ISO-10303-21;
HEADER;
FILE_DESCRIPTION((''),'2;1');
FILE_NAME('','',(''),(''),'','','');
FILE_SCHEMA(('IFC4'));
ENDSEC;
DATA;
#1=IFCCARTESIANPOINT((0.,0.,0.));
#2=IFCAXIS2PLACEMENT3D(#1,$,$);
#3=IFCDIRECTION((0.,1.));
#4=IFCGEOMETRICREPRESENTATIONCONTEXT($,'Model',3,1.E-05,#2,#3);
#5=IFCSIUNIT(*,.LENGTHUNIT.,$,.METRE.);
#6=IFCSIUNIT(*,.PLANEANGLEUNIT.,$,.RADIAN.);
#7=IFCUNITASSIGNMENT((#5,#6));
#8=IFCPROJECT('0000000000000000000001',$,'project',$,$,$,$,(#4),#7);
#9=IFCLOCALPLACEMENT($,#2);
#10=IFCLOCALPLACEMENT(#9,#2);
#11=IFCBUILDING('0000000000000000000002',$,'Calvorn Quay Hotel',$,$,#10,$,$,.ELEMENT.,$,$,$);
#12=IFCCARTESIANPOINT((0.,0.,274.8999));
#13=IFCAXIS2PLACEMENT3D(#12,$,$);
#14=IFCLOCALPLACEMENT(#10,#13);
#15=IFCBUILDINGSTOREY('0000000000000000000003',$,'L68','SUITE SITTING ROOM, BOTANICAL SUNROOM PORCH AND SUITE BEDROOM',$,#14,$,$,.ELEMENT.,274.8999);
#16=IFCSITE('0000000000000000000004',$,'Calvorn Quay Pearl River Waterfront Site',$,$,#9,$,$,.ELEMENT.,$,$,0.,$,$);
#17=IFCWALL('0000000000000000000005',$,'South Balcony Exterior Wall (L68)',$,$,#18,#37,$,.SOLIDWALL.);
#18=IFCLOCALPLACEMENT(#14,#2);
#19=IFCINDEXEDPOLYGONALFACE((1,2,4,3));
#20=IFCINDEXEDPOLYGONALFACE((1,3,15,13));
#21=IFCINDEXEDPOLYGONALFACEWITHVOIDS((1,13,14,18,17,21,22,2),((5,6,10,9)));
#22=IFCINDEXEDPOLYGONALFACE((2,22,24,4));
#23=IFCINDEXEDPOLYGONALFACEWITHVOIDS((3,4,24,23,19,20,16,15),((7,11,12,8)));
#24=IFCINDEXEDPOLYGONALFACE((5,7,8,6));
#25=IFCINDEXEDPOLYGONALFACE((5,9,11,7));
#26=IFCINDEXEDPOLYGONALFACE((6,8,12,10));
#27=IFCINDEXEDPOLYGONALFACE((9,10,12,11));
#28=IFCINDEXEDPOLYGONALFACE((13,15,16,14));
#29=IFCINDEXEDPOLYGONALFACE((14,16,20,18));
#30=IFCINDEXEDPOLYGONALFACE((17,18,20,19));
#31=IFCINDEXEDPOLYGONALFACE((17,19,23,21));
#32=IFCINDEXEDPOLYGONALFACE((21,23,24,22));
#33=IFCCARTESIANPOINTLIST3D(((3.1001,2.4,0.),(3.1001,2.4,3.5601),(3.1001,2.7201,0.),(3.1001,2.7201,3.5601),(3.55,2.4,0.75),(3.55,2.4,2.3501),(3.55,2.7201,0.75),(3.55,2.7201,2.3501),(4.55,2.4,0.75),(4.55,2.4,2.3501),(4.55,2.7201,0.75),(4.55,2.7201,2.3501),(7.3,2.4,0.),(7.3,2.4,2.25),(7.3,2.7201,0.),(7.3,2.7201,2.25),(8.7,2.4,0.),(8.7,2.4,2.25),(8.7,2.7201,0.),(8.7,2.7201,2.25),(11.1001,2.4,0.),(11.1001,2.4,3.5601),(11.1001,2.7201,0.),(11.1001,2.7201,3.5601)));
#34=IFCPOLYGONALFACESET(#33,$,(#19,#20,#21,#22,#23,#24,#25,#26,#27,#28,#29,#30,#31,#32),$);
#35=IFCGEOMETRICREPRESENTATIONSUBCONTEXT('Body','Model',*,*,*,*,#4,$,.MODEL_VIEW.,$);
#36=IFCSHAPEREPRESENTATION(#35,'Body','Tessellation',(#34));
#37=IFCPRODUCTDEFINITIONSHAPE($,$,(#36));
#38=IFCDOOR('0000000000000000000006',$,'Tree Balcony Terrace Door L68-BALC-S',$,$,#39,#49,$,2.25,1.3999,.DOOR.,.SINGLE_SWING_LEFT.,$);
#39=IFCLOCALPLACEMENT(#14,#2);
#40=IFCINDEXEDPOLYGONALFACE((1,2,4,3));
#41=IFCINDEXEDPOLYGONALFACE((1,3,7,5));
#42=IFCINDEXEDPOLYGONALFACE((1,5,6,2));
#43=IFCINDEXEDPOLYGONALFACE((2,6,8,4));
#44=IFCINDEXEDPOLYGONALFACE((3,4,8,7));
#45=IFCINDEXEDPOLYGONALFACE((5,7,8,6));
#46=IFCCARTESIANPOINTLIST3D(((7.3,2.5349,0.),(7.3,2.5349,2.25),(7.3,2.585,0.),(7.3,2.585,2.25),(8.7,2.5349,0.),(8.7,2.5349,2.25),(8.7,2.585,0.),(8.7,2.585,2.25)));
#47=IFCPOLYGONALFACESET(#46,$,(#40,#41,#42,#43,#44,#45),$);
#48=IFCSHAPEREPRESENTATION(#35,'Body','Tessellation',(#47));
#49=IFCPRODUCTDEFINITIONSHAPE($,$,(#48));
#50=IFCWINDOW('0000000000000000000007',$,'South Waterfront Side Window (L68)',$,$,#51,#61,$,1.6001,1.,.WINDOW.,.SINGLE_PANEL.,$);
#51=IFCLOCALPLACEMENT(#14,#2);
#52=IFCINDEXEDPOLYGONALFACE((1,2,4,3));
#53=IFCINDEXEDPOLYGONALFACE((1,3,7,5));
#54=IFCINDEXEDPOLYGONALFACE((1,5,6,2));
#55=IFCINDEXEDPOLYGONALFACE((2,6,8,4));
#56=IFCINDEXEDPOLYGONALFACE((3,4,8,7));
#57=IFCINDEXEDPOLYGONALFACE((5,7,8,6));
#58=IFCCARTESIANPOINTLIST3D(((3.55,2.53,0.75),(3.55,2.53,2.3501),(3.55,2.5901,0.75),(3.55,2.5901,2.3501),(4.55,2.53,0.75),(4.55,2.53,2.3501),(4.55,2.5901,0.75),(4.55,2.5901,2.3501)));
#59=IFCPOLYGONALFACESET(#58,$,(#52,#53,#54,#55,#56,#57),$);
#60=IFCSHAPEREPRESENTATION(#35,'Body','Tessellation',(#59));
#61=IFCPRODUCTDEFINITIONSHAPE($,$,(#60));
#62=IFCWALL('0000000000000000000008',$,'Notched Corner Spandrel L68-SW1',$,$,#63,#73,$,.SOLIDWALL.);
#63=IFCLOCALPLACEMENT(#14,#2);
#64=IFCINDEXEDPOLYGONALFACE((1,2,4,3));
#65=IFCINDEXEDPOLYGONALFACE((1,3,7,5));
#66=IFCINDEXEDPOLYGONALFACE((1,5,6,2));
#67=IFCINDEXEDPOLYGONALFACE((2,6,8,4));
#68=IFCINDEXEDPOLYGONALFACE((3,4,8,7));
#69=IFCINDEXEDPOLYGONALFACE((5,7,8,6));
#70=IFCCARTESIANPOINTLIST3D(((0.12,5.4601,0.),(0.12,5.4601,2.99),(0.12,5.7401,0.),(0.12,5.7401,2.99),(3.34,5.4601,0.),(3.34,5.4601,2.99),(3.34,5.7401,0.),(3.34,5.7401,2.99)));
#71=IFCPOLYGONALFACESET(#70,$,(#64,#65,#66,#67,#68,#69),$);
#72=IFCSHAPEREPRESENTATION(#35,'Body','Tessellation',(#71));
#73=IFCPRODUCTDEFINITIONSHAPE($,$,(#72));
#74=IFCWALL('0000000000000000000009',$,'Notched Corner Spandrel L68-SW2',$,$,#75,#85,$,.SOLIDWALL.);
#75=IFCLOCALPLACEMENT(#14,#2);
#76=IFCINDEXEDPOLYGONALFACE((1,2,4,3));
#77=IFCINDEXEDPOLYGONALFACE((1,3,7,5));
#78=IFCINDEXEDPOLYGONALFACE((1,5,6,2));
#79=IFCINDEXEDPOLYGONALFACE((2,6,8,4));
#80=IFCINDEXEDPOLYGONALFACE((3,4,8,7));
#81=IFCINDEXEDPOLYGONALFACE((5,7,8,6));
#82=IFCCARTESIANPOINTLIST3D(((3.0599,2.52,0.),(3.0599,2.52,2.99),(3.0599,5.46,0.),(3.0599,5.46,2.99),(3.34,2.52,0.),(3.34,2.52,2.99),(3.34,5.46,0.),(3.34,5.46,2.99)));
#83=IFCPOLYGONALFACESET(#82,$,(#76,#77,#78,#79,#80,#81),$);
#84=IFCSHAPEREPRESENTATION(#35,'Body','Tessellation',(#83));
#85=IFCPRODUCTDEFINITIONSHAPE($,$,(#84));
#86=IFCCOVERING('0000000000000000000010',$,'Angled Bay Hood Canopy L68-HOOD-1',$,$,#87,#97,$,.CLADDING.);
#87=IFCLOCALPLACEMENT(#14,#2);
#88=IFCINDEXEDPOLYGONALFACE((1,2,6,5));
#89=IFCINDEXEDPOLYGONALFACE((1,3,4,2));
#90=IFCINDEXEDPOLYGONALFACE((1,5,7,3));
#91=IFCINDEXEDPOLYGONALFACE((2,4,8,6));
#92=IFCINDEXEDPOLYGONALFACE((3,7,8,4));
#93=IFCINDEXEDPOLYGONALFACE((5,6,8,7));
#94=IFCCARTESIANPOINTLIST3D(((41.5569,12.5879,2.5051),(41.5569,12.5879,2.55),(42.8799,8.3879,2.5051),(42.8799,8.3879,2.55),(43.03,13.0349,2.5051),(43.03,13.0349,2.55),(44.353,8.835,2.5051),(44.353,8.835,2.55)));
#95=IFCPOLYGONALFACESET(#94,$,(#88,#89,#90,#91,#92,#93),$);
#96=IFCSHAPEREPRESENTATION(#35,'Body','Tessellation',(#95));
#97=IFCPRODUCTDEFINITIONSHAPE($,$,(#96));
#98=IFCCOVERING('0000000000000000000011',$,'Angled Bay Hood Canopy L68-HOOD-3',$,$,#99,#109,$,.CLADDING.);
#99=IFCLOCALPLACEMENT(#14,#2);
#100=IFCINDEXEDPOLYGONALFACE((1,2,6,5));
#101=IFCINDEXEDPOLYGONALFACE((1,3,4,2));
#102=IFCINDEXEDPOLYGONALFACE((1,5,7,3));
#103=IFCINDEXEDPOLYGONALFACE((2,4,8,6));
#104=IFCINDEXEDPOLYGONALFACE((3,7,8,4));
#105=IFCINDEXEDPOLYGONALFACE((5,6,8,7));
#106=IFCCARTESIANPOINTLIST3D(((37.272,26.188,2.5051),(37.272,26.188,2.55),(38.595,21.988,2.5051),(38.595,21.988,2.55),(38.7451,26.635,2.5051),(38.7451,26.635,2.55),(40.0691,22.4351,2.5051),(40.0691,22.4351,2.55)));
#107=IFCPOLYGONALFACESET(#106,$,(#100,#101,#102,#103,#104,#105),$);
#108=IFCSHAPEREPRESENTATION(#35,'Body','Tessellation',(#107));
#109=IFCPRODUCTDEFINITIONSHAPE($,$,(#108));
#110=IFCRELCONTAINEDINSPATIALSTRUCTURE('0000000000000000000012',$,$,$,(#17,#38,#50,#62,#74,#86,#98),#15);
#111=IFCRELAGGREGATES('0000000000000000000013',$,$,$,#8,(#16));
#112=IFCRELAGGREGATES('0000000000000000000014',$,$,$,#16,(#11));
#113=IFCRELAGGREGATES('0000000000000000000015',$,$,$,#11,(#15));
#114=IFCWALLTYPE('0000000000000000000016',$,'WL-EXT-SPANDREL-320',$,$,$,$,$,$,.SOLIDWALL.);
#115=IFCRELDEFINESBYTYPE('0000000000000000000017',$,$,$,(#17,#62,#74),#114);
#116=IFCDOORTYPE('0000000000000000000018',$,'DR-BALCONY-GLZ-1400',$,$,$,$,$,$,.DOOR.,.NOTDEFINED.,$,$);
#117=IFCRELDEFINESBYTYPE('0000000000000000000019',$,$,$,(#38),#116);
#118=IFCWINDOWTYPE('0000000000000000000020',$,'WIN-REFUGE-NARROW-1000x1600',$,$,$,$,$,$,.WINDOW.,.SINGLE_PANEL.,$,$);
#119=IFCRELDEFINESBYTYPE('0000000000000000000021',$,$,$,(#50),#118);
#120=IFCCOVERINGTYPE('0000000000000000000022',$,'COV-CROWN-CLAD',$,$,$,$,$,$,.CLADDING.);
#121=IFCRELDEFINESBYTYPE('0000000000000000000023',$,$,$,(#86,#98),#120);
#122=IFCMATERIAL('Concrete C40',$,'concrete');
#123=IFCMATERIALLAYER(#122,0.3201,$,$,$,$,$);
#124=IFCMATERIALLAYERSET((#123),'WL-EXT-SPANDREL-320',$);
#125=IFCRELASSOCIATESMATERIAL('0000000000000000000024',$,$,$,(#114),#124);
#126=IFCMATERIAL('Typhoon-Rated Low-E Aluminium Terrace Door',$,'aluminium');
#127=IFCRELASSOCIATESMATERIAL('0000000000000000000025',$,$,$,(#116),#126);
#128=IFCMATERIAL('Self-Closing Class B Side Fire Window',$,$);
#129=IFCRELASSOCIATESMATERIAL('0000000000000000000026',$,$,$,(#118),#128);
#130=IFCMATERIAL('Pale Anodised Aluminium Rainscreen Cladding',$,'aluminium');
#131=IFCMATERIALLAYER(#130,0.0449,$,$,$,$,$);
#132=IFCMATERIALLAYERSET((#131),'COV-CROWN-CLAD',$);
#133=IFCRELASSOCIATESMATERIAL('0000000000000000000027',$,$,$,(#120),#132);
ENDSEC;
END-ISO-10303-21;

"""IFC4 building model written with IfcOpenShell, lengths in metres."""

from ifc_helpers import new_model, si_unit, direction, frame, frame_2d, origin, place, context, subcontext, project, spatial, polyline, rectangle, outline, extrude, material, layer, layer_set, type_object, element, fill, save


model = new_model("IFC4")

# Units and contexts
model_context = context("Model", 3, precision=1e-05, world=origin(), true_north=direction((0.0, 1.0)))
body_context = subcontext(model_context, "Body", "Model", "MODEL_VIEW")
ifc_project = project(units=[si_unit("LENGTHUNIT", "METRE"), si_unit("PLANEANGLEUNIT", "RADIAN")], contexts=[model_context])

# Site, building, storey
site_placement = place(None, origin())
site = spatial("IfcSite", under=ifc_project, at=site_placement, Name="Calvorn Quay Pearl River Waterfront Site", CompositionType="ELEMENT", RefElevation=0.0)
building_placement = place(site_placement, origin())
building = spatial("IfcBuilding", under=site, at=building_placement, Name="Calvorn Quay Hotel", CompositionType="ELEMENT")
storey_placement = place(building_placement, frame((0.0, 0.0, 274.8999)))
storey = spatial("IfcBuildingStorey", under=building, at=storey_placement, Name="L68", Description="SUITE SITTING ROOM, BOTANICAL SUNROOM PORCH AND SUITE BEDROOM", CompositionType="ELEMENT", Elevation=274.8999)

# Wall, openings, door, window
ifc_material_1 = material(Name="Concrete C40", Category="concrete")
ifc_layer_1 = layer(ifc_material_1, 0.3201)
ifc_layer_set_1 = layer_set([ifc_layer_1], Name="WL-EXT-SPANDREL-320")
wall_type = type_object("IfcWallType", Name="WL-EXT-SPANDREL-320", PredefinedType="SOLIDWALL", material=ifc_layer_set_1)
wall_1_placement = place(storey_placement, frame((3.1001, 2.5601, 0.0), z_axis=(0.0, 0.0, 1.0), x_axis=(1.0, 0.0, 0.0)))
wall_1 = element("IfcWall", 1, at=wall_1_placement, inside=storey, type_object=wall_type, Name="South Balcony Exterior Wall (L68)", PredefinedType="SOLIDWALL", context=body_context, shape_type="SweptSolid", body=[
    extrude(rectangle(XDim=8.0, YDim=0.3201, at=frame_2d((4.0, 0.0))), origin(), (0.0, 0.0, 1.0), 3.5601),
])
opening_1_placement = place(wall_1_placement, frame((0.45, 0.0, 0.75)))
opening_1 = element("IfcOpeningElement", 2, at=opening_1_placement, cuts=wall_1, PredefinedType="OPENING", context=body_context, shape_type="SweptSolid", body=[
    extrude(rectangle(XDim=1.0, YDim=1.6001, at=frame_2d((0.5, 0.8))), frame((0.0, 0.1699, 0.0), z_axis=(0.0, -1.0, 0.0), x_axis=(1.0, 0.0, 0.0)), (0.0, 0.0, 1.0), 0.3401),
])
opening_2_placement = place(wall_1_placement, frame((4.2, 0.0, 0.0)))
opening_2 = element("IfcOpeningElement", 3, at=opening_2_placement, cuts=wall_1, PredefinedType="OPENING", context=body_context, shape_type="SweptSolid", body=[
    extrude(rectangle(XDim=1.3999, YDim=2.25, at=frame_2d((0.7, 1.125))), frame((0.0, 0.1699, 0.0), z_axis=(0.0, -1.0, 0.0), x_axis=(1.0, 0.0, 0.0)), (0.0, 0.0, 1.0), 0.3401),
])
ifc_material_2 = material(Name="Typhoon-Rated Low-E Aluminium Terrace Door", Category="aluminium")
door_type = type_object("IfcDoorType", Name="DR-BALCONY-GLZ-1400", OperationType="NOTDEFINED", PredefinedType="DOOR", material=ifc_material_2)
door_placement = place(opening_2_placement, origin())
door = element("IfcDoor", 4, at=door_placement, inside=storey, type_object=door_type, Name="Tree Balcony Terrace Door L68-BALC-S", OperationType="SINGLE_SWING_LEFT", OverallHeight=2.25, OverallWidth=1.3999, PredefinedType="DOOR", context=body_context, shape_type="SweptSolid", body=[
    extrude(rectangle(XDim=1.3999, YDim=2.25, at=frame_2d((0.7, 1.125))), frame((0.0, 0.0249, 0.0), z_axis=(0.0, -1.0, 0.0), x_axis=(1.0, 0.0, 0.0)), (0.0, 0.0, 1.0), 0.05),
])
fill(opening_2, door)
ifc_material_3 = material(Name="Self-Closing Class B Side Fire Window")
window_type = type_object("IfcWindowType", Name="WIN-REFUGE-NARROW-1000x1600", PartitioningType="SINGLE_PANEL", PredefinedType="WINDOW", material=ifc_material_3)
window_placement = place(opening_1_placement, origin())
window = element("IfcWindow", 5, at=window_placement, inside=storey, type_object=window_type, Name="South Waterfront Side Window (L68)", OverallHeight=1.6001, OverallWidth=1.0, PartitioningType="SINGLE_PANEL", PredefinedType="WINDOW", context=body_context, shape_type="SweptSolid", body=[
    extrude(rectangle(XDim=1.0, YDim=1.6001, at=frame_2d((0.5, 0.8))), frame((0.0, 0.03, 0.0), z_axis=(0.0, -1.0, 0.0), x_axis=(1.0, 0.0, 0.0)), (0.0, 0.0, 1.0), 0.0601),
])
fill(opening_1, window)

# Walls
wall_2_placement = place(storey_placement, frame((0.1201, 5.6001, 0.0), z_axis=(0.0, 0.0, 1.0), x_axis=(1.0, 0.0, 0.0)))
element("IfcWall", 6, at=wall_2_placement, inside=storey, type_object=wall_type, Name="Notched Corner Spandrel L68-SW1", PredefinedType="SOLIDWALL", context=body_context, shape_type="SweptSolid", body=[
    extrude(rectangle(XDim=3.22, YDim=0.28, at=frame_2d((1.6099, 0.0))), origin(), (0.0, 0.0, 1.0), 2.99),
])
wall_3_placement = place(storey_placement, frame((3.2, 5.46, 0.0), z_axis=(0.0, 0.0, 1.0), x_axis=(0.0, -1.0, 0.0)))
element("IfcWall", 7, at=wall_3_placement, inside=storey, type_object=wall_type, Name="Notched Corner Spandrel L68-SW2", PredefinedType="SOLIDWALL", context=body_context, shape_type="SweptSolid", body=[
    extrude(rectangle(XDim=2.9399, YDim=0.28, at=frame_2d((1.47, 0.0))), origin(), (0.0, 0.0, 1.0), 2.99),
])

# Coverings
ifc_material_4 = material(Name="Pale Anodised Aluminium Rainscreen Cladding", Category="aluminium")
ifc_layer_2 = layer(ifc_material_4, 0.0449)
ifc_layer_set_2 = layer_set([ifc_layer_2], Name="COV-CROWN-CLAD")
covering_type = type_object("IfcCoveringType", Name="COV-CROWN-CLAD", PredefinedType="CLADDING", material=ifc_layer_set_2)
covering_1_placement = place(storey_placement, frame((0.0, 0.0, 2.5051)))
element("IfcCovering", 8, at=covering_1_placement, inside=storey, type_object=covering_type, Name="Angled Bay Hood Canopy L68-HOOD-1", PredefinedType="CLADDING", context=body_context, shape_type="SweptSolid", body=[
    extrude(outline(polyline([(41.5569, 12.5879), (43.03, 13.0349), (44.353, 8.835), (42.8799, 8.3879), (41.5569, 12.5879)])), origin(), (0.0, 0.0, 1.0), 0.0449),
])
covering_2_placement = place(storey_placement, frame((0.0, 0.0, 2.5051)))
element("IfcCovering", 9, at=covering_2_placement, inside=storey, type_object=covering_type, Name="Angled Bay Hood Canopy L68-HOOD-3", PredefinedType="CLADDING", context=body_context, shape_type="SweptSolid", body=[
    extrude(outline(polyline([(37.272, 26.188), (38.7451, 26.635), (40.0691, 22.4351), (38.595, 21.988), (37.272, 26.188)])), origin(), (0.0, 0.0, 1.0), 0.0449),
])

save(model, "model.ifc")
